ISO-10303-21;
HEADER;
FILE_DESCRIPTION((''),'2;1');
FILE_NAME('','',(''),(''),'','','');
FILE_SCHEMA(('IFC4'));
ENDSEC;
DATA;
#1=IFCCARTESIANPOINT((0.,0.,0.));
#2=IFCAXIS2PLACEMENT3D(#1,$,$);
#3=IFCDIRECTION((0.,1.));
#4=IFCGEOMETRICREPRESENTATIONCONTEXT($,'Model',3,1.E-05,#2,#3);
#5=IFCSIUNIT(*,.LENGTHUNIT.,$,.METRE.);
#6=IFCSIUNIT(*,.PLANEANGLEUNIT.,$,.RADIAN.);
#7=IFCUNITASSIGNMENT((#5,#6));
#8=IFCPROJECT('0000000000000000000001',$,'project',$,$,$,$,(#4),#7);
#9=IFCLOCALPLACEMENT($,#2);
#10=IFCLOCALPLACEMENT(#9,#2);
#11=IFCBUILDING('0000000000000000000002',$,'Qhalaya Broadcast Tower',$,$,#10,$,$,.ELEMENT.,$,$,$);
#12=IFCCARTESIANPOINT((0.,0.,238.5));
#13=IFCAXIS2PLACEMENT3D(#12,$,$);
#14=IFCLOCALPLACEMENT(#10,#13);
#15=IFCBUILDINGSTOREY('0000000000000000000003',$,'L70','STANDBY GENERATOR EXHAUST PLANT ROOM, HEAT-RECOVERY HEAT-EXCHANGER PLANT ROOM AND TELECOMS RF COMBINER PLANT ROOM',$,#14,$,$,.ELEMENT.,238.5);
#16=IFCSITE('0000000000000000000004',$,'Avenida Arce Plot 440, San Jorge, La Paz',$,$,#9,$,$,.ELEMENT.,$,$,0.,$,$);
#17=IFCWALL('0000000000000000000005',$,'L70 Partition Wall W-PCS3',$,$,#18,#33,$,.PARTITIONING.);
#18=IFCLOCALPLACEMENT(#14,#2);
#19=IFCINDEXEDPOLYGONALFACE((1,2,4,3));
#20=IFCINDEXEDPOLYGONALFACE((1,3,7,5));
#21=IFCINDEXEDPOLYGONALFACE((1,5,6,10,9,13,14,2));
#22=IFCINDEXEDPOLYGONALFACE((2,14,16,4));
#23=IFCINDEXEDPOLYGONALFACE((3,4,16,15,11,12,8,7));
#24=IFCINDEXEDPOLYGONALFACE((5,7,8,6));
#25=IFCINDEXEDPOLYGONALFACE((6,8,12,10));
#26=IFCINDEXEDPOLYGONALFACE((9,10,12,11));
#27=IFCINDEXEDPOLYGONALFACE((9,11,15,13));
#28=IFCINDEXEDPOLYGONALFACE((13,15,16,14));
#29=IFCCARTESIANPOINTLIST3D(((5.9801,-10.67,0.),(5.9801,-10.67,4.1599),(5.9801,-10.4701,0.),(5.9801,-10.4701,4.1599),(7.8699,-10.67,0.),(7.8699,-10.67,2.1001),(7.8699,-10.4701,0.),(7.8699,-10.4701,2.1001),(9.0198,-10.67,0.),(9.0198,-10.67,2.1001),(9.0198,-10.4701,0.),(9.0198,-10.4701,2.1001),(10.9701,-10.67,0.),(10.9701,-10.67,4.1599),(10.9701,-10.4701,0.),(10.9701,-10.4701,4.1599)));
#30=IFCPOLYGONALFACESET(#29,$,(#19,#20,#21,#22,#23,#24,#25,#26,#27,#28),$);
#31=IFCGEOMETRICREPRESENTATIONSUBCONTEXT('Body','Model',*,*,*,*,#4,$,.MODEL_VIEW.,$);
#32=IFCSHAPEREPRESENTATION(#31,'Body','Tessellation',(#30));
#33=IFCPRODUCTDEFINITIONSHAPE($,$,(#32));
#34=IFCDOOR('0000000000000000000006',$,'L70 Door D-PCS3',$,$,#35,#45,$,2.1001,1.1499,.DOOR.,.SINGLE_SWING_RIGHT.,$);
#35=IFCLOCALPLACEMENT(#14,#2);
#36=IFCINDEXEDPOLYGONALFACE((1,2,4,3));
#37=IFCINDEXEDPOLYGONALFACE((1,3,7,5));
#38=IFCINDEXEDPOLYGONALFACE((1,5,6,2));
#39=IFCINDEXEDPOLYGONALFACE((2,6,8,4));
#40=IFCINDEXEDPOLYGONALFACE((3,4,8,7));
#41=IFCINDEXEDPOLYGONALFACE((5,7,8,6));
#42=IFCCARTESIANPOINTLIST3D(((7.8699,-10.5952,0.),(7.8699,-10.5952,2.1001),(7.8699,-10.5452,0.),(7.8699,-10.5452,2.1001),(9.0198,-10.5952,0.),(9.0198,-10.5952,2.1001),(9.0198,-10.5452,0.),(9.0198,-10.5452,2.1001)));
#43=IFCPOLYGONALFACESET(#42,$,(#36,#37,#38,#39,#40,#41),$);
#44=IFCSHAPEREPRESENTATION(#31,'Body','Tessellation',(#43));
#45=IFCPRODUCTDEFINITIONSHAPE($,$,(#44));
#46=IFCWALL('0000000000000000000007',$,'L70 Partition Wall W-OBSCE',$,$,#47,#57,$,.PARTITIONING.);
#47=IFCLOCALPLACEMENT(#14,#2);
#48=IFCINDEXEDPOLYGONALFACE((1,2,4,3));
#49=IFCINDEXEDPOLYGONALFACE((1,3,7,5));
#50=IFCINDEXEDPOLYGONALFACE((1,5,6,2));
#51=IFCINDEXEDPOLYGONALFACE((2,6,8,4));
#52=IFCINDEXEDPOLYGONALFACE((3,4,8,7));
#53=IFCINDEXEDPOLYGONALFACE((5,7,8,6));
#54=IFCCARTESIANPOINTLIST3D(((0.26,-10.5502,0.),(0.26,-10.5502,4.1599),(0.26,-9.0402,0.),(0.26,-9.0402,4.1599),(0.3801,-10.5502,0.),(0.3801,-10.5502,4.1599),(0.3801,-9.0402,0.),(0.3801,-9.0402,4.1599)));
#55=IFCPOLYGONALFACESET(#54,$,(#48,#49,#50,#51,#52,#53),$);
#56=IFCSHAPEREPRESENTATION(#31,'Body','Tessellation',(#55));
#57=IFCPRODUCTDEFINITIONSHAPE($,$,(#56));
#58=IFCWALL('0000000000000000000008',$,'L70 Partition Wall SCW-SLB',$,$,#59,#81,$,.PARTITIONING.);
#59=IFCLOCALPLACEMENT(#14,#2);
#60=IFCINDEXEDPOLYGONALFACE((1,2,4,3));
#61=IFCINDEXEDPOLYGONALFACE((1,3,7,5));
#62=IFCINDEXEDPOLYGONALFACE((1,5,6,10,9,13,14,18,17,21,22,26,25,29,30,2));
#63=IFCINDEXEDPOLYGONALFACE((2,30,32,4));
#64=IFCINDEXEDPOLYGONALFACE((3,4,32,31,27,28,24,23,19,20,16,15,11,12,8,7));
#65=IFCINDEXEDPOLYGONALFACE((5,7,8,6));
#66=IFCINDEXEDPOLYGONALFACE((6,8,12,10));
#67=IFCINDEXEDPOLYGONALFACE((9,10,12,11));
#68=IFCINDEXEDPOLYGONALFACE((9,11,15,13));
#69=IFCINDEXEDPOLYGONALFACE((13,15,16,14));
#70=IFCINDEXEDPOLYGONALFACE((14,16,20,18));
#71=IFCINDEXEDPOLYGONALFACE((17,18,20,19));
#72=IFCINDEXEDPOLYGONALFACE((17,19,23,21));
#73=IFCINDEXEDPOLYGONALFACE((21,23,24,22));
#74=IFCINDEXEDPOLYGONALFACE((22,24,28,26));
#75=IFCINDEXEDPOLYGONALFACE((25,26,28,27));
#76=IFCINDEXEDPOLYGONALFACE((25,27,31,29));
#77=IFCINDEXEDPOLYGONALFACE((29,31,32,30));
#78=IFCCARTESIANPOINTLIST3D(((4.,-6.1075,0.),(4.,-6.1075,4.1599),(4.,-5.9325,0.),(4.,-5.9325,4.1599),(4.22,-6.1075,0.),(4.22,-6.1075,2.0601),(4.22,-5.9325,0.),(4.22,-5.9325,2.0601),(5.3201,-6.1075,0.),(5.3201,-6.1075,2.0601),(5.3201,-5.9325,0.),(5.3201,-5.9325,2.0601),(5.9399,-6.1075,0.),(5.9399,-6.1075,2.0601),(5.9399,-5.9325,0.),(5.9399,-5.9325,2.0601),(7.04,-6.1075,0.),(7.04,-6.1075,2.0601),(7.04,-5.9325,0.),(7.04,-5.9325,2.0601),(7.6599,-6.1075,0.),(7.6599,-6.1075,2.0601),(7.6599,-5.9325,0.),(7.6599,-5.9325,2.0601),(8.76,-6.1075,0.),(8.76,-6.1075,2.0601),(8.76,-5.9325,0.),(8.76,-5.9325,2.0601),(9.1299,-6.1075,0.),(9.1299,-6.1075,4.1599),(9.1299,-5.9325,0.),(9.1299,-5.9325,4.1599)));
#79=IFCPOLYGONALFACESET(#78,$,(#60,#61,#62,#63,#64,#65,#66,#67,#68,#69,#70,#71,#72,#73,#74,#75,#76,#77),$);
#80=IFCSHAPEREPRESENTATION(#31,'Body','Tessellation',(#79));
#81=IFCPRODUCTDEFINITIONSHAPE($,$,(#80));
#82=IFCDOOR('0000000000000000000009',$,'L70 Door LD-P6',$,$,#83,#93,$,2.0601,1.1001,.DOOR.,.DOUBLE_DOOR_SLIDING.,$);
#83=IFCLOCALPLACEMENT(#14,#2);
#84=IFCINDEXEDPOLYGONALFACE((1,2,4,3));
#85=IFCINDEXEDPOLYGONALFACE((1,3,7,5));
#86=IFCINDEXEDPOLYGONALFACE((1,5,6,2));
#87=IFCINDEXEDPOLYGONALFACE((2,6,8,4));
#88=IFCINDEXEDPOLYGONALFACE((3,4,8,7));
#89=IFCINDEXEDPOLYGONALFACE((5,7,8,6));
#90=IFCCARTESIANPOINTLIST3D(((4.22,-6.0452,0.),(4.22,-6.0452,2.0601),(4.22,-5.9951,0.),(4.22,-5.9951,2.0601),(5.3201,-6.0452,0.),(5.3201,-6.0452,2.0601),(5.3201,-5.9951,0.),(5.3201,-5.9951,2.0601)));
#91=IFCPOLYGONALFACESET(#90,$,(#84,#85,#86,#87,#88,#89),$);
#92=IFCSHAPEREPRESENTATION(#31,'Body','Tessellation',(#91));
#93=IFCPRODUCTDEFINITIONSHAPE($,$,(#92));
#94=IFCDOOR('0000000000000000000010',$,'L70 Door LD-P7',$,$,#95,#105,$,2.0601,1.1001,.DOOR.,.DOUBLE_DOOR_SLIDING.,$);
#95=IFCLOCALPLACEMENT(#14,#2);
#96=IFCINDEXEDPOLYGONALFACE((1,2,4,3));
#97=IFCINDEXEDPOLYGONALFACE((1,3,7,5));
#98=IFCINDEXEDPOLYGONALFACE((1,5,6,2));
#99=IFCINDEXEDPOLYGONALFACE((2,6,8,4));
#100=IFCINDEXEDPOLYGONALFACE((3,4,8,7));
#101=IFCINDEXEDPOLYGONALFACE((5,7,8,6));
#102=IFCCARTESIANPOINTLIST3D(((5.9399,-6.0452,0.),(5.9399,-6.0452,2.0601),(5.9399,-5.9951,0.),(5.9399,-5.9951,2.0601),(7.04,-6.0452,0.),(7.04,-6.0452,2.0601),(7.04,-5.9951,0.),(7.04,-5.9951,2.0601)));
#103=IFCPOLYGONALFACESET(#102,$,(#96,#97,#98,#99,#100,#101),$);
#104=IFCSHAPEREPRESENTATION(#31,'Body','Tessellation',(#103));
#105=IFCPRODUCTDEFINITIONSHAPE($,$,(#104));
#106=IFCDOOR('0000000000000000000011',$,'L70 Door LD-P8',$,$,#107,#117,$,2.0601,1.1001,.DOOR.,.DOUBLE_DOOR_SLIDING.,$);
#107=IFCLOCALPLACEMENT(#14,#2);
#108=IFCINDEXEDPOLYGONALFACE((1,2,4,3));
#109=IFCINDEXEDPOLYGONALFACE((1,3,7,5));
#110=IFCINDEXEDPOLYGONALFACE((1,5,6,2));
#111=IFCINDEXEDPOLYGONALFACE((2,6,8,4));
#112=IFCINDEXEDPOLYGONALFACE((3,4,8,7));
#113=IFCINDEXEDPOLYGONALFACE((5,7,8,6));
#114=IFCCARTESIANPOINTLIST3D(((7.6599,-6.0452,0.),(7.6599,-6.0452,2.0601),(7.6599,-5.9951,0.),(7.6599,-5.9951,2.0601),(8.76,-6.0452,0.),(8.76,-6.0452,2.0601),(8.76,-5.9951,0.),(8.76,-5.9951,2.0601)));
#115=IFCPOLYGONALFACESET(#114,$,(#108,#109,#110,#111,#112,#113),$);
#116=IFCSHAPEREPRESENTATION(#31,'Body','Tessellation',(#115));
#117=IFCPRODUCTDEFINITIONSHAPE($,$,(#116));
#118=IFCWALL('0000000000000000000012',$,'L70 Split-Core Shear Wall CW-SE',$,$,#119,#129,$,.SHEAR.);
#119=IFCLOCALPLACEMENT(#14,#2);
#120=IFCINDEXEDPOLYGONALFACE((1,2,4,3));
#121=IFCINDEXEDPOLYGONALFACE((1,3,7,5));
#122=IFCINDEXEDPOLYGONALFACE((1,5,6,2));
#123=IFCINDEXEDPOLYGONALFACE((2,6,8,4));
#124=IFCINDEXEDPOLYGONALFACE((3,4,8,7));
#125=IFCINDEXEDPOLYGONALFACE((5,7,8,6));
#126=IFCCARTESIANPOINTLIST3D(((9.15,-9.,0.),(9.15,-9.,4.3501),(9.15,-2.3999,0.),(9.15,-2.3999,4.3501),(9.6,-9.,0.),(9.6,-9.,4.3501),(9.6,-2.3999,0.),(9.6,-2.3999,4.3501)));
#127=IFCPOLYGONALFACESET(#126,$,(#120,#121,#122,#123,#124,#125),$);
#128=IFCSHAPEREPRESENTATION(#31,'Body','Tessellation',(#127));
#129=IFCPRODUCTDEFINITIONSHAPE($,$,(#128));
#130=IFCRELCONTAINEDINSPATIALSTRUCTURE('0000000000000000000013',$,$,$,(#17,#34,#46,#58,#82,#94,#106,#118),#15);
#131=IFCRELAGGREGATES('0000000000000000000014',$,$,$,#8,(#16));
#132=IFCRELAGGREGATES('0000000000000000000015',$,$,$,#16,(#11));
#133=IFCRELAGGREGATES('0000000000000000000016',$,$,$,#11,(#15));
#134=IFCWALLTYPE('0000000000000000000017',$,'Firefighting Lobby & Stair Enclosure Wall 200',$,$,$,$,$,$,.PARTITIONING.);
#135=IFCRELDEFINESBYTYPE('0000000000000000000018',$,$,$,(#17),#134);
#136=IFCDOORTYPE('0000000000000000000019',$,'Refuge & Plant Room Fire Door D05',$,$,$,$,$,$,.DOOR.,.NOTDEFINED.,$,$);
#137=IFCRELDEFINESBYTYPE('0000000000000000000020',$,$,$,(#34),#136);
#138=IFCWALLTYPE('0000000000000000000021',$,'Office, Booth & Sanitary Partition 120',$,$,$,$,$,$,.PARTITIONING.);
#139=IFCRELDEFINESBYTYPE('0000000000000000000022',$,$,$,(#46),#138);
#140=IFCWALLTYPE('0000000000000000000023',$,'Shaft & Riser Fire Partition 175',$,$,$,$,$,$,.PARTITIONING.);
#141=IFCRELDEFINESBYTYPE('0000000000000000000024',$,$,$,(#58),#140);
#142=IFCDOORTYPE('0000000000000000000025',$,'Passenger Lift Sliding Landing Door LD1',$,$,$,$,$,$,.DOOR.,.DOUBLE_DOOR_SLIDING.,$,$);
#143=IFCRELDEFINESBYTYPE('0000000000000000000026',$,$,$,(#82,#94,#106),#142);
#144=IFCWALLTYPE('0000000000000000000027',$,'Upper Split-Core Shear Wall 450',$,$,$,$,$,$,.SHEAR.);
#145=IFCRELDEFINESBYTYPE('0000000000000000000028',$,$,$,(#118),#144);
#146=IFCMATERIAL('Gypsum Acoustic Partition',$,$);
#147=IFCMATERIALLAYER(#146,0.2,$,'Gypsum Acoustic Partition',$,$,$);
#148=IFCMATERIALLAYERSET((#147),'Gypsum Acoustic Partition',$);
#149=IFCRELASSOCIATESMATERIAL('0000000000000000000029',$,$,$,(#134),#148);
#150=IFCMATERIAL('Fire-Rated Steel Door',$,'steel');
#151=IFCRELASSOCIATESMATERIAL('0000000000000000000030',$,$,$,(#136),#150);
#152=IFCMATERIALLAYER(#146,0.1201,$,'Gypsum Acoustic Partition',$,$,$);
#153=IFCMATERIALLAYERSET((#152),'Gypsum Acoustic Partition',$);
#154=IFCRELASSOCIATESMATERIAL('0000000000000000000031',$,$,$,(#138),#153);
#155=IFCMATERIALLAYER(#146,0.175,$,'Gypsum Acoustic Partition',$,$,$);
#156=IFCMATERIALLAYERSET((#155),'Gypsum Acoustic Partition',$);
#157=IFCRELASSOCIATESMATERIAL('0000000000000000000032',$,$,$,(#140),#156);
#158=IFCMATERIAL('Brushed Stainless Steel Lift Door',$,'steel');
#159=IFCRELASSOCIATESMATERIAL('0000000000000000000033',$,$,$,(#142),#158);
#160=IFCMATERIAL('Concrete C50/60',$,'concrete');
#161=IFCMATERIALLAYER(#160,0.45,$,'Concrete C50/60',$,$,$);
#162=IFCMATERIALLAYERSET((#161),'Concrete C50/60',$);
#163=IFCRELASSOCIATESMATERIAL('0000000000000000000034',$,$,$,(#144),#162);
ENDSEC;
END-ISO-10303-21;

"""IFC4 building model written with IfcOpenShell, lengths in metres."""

from ifc_helpers import new_model, si_unit, direction, frame, frame_2d, origin, place, context, subcontext, project, spatial, rectangle, extrude, material, layer, layer_set, type_object, element, fill, save


model = new_model("IFC4")

# Units and contexts
model_context = context("Model", 3, precision=1e-05, world=origin(), true_north=direction((0.0, 1.0)))
body_context = subcontext(model_context, "Body", "Model", "MODEL_VIEW")
ifc_project = project(units=[si_unit("LENGTHUNIT", "METRE"), si_unit("PLANEANGLEUNIT", "RADIAN")], contexts=[model_context])

# Site, building, storey
site_placement = place(None, origin())
site = spatial("IfcSite", under=ifc_project, at=site_placement, Name="Avenida Arce Plot 440, San Jorge, La Paz", CompositionType="ELEMENT", RefElevation=0.0)
building_placement = place(site_placement, origin())
building = spatial("IfcBuilding", under=site, at=building_placement, Name="Qhalaya Broadcast Tower", CompositionType="ELEMENT")
storey_placement = place(building_placement, frame((0.0, 0.0, 238.5)))
storey = spatial("IfcBuildingStorey", under=building, at=storey_placement, Name="L70", Description="STANDBY GENERATOR EXHAUST PLANT ROOM, HEAT-RECOVERY HEAT-EXCHANGER PLANT ROOM AND TELECOMS RF COMBINER PLANT ROOM", CompositionType="ELEMENT", Elevation=238.5)

# Shared definitions
ifc_material_1 = material(Name="Concrete C50/60", Category="concrete")

# Shared definitions
ifc_material_2 = material(Name="Gypsum Acoustic Partition")

# Wall, opening, door
ifc_layer_1 = layer(ifc_material_2, 0.2, Name="Gypsum Acoustic Partition")
ifc_layer_set_1 = layer_set([ifc_layer_1], Name="Gypsum Acoustic Partition")
wall_type_1 = type_object("IfcWallType", Name="Firefighting Lobby & Stair Enclosure Wall 200", PredefinedType="PARTITIONING", material=ifc_layer_set_1)
ifc_material_3 = material(Name="Fire-Rated Steel Door", Category="steel")
door_type_1 = type_object("IfcDoorType", Name="Refuge & Plant Room Fire Door D05", OperationType="NOTDEFINED", PredefinedType="DOOR", material=ifc_material_3)
wall_1_placement = place(storey_placement, frame((5.98, -10.5701, 0.0), z_axis=(0.0, 0.0, 1.0), x_axis=(1.0, 0.0, 0.0)))
wall_1 = element("IfcWall", 1, at=wall_1_placement, inside=storey, type_object=wall_type_1, Name="L70 Partition Wall W-PCS3", PredefinedType="PARTITIONING", context=body_context, shape_type="SweptSolid", body=[
    extrude(rectangle(XDim=4.99, YDim=0.2, at=frame_2d((2.4951, 0.0))), origin(), (0.0, 0.0, 1.0), 4.1599),
])
opening_1_placement = place(wall_1_placement, frame((1.8899, 0.0, 0.0)))
opening_1 = element("IfcOpeningElement", 2, at=opening_1_placement, cuts=wall_1, PredefinedType="OPENING", context=body_context, shape_type="SweptSolid", body=[
    extrude(rectangle(XDim=1.1499, YDim=2.1001, at=frame_2d((0.575, 1.05))), frame((0.0, 0.1121, 0.0), z_axis=(0.0, -1.0, 0.0), x_axis=(1.0, 0.0, 0.0)), (0.0, 0.0, 1.0), 0.2239),
])
door_1_placement = place(opening_1_placement, origin())
door_1 = element("IfcDoor", 3, at=door_1_placement, inside=storey, type_object=door_type_1, Name="L70 Door D-PCS3", OperationType="SINGLE_SWING_RIGHT", OverallHeight=2.1001, OverallWidth=1.1499, PredefinedType="DOOR", context=body_context, shape_type="SweptSolid", body=[
    extrude(rectangle(XDim=1.1499, YDim=2.1001, at=frame_2d((0.575, 1.05))), frame((0.0, 0.0249, 0.0), z_axis=(0.0, -1.0, 0.0), x_axis=(1.0, 0.0, 0.0)), (0.0, 0.0, 1.0), 0.05),
])
fill(opening_1, door_1)

# Wall
ifc_layer_2 = layer(ifc_material_2, 0.1201, Name="Gypsum Acoustic Partition")
ifc_layer_set_2 = layer_set([ifc_layer_2], Name="Gypsum Acoustic Partition")
wall_type_2 = type_object("IfcWallType", Name="Office, Booth & Sanitary Partition 120", PredefinedType="PARTITIONING", material=ifc_layer_set_2)
wall_2_placement = place(storey_placement, frame((0.3201, -10.55, 0.0), z_axis=(0.0, 0.0, 1.0), x_axis=(0.0, 1.0, 0.0)))
element("IfcWall", 4, at=wall_2_placement, inside=storey, type_object=wall_type_2, Name="L70 Partition Wall W-OBSCE", PredefinedType="PARTITIONING", context=body_context, shape_type="SweptSolid", body=[
    extrude(rectangle(XDim=1.51, YDim=0.1201, at=frame_2d((0.7549, 0.0))), origin(), (0.0, 0.0, 1.0), 4.1599),
])

# Wall, openings, doors
ifc_layer_3 = layer(ifc_material_2, 0.175, Name="Gypsum Acoustic Partition")
ifc_layer_set_3 = layer_set([ifc_layer_3], Name="Gypsum Acoustic Partition")
wall_type_3 = type_object("IfcWallType", Name="Shaft & Riser Fire Partition 175", PredefinedType="PARTITIONING", material=ifc_layer_set_3)
wall_3_placement = place(storey_placement, frame((4.0, -6.02, 0.0), z_axis=(0.0, 0.0, 1.0), x_axis=(1.0, 0.0, 0.0)))
wall_3 = element("IfcWall", 5, at=wall_3_placement, inside=storey, type_object=wall_type_3, Name="L70 Partition Wall SCW-SLB", PredefinedType="PARTITIONING", context=body_context, shape_type="SweptSolid", body=[
    extrude(rectangle(XDim=5.1299, YDim=0.175, at=frame_2d((2.5649, 0.0))), origin(), (0.0, 0.0, 1.0), 4.1599),
])
opening_2_placement = place(wall_3_placement, frame((0.22, 0.0, 0.0)))
opening_2 = element("IfcOpeningElement", 6, at=opening_2_placement, cuts=wall_3, PredefinedType="OPENING", context=body_context, shape_type="SweptSolid", body=[
    extrude(rectangle(XDim=1.1001, YDim=2.0601, at=frame_2d((0.55, 1.03))), frame((0.0, 0.0996, 0.0), z_axis=(0.0, -1.0, 0.0), x_axis=(1.0, 0.0, 0.0)), (0.0, 0.0, 1.0), 0.199),
])
opening_3_placement = place(wall_3_placement, frame((1.9399, 0.0, 0.0)))
opening_3 = element("IfcOpeningElement", 7, at=opening_3_placement, cuts=wall_3, PredefinedType="OPENING", context=body_context, shape_type="SweptSolid", body=[
    extrude(rectangle(XDim=1.1001, YDim=2.0601, at=frame_2d((0.55, 1.03))), frame((0.0, 0.0996, 0.0), z_axis=(0.0, -1.0, 0.0), x_axis=(1.0, 0.0, 0.0)), (0.0, 0.0, 1.0), 0.199),
])
opening_4_placement = place(wall_3_placement, frame((3.6599, 0.0, 0.0)))
opening_4 = element("IfcOpeningElement", 8, at=opening_4_placement, cuts=wall_3, PredefinedType="OPENING", context=body_context, shape_type="SweptSolid", body=[
    extrude(rectangle(XDim=1.1001, YDim=2.0601, at=frame_2d((0.55, 1.03))), frame((0.0, 0.0996, 0.0), z_axis=(0.0, -1.0, 0.0), x_axis=(1.0, 0.0, 0.0)), (0.0, 0.0, 1.0), 0.199),
])
ifc_material_4 = material(Name="Brushed Stainless Steel Lift Door", Category="steel")
door_type_2 = type_object("IfcDoorType", Name="Passenger Lift Sliding Landing Door LD1", OperationType="DOUBLE_DOOR_SLIDING", PredefinedType="DOOR", material=ifc_material_4)
door_2_placement = place(opening_2_placement, origin())
door_2 = element("IfcDoor", 9, at=door_2_placement, inside=storey, type_object=door_type_2, Name="L70 Door LD-P6", OperationType="DOUBLE_DOOR_SLIDING", OverallHeight=2.0601, OverallWidth=1.1001, PredefinedType="DOOR", context=body_context, shape_type="SweptSolid", body=[
    extrude(rectangle(XDim=1.1001, YDim=2.0601, at=frame_2d((0.55, 1.03))), frame((0.0, 0.0249, 0.0), z_axis=(0.0, -1.0, 0.0), x_axis=(1.0, 0.0, 0.0)), (0.0, 0.0, 1.0), 0.05),
])
fill(opening_2, door_2)
door_3_placement = place(opening_3_placement, origin())
door_3 = element("IfcDoor", 10, at=door_3_placement, inside=storey, type_object=door_type_2, Name="L70 Door LD-P7", OperationType="DOUBLE_DOOR_SLIDING", OverallHeight=2.0601, OverallWidth=1.1001, PredefinedType="DOOR", context=body_context, shape_type="SweptSolid", body=[
    extrude(rectangle(XDim=1.1001, YDim=2.0601, at=frame_2d((0.55, 1.03))), frame((0.0, 0.0249, 0.0), z_axis=(0.0, -1.0, 0.0), x_axis=(1.0, 0.0, 0.0)), (0.0, 0.0, 1.0), 0.05),
])
fill(opening_3, door_3)
door_4_placement = place(opening_4_placement, origin())
door_4 = element("IfcDoor", 11, at=door_4_placement, inside=storey, type_object=door_type_2, Name="L70 Door LD-P8", OperationType="DOUBLE_DOOR_SLIDING", OverallHeight=2.0601, OverallWidth=1.1001, PredefinedType="DOOR", context=body_context, shape_type="SweptSolid", body=[
    extrude(rectangle(XDim=1.1001, YDim=2.0601, at=frame_2d((0.55, 1.03))), frame((0.0, 0.0249, 0.0), z_axis=(0.0, -1.0, 0.0), x_axis=(1.0, 0.0, 0.0)), (0.0, 0.0, 1.0), 0.05),
])
fill(opening_4, door_4)

# Wall
ifc_layer_4 = layer(ifc_material_1, 0.45, Name="Concrete C50/60")
ifc_layer_set_4 = layer_set([ifc_layer_4], Name="Concrete C50/60")
wall_type_4 = type_object("IfcWallType", Name="Upper Split-Core Shear Wall 450", PredefinedType="SHEAR", material=ifc_layer_set_4)
wall_4_placement = place(storey_placement, frame((9.375, -9.0, 0.0), z_axis=(0.0, 0.0, 1.0), x_axis=(0.0, 1.0, 0.0)))
element("IfcWall", 12, at=wall_4_placement, inside=storey, type_object=wall_type_4, Name="L70 Split-Core Shear Wall CW-SE", PredefinedType="SHEAR", context=body_context, shape_type="SweptSolid", body=[
    extrude(rectangle(XDim=6.6001, YDim=0.45, at=frame_2d((3.3, 0.0))), origin(), (0.0, 0.0, 1.0), 4.3501),
])

save(model, "model.ifc")
